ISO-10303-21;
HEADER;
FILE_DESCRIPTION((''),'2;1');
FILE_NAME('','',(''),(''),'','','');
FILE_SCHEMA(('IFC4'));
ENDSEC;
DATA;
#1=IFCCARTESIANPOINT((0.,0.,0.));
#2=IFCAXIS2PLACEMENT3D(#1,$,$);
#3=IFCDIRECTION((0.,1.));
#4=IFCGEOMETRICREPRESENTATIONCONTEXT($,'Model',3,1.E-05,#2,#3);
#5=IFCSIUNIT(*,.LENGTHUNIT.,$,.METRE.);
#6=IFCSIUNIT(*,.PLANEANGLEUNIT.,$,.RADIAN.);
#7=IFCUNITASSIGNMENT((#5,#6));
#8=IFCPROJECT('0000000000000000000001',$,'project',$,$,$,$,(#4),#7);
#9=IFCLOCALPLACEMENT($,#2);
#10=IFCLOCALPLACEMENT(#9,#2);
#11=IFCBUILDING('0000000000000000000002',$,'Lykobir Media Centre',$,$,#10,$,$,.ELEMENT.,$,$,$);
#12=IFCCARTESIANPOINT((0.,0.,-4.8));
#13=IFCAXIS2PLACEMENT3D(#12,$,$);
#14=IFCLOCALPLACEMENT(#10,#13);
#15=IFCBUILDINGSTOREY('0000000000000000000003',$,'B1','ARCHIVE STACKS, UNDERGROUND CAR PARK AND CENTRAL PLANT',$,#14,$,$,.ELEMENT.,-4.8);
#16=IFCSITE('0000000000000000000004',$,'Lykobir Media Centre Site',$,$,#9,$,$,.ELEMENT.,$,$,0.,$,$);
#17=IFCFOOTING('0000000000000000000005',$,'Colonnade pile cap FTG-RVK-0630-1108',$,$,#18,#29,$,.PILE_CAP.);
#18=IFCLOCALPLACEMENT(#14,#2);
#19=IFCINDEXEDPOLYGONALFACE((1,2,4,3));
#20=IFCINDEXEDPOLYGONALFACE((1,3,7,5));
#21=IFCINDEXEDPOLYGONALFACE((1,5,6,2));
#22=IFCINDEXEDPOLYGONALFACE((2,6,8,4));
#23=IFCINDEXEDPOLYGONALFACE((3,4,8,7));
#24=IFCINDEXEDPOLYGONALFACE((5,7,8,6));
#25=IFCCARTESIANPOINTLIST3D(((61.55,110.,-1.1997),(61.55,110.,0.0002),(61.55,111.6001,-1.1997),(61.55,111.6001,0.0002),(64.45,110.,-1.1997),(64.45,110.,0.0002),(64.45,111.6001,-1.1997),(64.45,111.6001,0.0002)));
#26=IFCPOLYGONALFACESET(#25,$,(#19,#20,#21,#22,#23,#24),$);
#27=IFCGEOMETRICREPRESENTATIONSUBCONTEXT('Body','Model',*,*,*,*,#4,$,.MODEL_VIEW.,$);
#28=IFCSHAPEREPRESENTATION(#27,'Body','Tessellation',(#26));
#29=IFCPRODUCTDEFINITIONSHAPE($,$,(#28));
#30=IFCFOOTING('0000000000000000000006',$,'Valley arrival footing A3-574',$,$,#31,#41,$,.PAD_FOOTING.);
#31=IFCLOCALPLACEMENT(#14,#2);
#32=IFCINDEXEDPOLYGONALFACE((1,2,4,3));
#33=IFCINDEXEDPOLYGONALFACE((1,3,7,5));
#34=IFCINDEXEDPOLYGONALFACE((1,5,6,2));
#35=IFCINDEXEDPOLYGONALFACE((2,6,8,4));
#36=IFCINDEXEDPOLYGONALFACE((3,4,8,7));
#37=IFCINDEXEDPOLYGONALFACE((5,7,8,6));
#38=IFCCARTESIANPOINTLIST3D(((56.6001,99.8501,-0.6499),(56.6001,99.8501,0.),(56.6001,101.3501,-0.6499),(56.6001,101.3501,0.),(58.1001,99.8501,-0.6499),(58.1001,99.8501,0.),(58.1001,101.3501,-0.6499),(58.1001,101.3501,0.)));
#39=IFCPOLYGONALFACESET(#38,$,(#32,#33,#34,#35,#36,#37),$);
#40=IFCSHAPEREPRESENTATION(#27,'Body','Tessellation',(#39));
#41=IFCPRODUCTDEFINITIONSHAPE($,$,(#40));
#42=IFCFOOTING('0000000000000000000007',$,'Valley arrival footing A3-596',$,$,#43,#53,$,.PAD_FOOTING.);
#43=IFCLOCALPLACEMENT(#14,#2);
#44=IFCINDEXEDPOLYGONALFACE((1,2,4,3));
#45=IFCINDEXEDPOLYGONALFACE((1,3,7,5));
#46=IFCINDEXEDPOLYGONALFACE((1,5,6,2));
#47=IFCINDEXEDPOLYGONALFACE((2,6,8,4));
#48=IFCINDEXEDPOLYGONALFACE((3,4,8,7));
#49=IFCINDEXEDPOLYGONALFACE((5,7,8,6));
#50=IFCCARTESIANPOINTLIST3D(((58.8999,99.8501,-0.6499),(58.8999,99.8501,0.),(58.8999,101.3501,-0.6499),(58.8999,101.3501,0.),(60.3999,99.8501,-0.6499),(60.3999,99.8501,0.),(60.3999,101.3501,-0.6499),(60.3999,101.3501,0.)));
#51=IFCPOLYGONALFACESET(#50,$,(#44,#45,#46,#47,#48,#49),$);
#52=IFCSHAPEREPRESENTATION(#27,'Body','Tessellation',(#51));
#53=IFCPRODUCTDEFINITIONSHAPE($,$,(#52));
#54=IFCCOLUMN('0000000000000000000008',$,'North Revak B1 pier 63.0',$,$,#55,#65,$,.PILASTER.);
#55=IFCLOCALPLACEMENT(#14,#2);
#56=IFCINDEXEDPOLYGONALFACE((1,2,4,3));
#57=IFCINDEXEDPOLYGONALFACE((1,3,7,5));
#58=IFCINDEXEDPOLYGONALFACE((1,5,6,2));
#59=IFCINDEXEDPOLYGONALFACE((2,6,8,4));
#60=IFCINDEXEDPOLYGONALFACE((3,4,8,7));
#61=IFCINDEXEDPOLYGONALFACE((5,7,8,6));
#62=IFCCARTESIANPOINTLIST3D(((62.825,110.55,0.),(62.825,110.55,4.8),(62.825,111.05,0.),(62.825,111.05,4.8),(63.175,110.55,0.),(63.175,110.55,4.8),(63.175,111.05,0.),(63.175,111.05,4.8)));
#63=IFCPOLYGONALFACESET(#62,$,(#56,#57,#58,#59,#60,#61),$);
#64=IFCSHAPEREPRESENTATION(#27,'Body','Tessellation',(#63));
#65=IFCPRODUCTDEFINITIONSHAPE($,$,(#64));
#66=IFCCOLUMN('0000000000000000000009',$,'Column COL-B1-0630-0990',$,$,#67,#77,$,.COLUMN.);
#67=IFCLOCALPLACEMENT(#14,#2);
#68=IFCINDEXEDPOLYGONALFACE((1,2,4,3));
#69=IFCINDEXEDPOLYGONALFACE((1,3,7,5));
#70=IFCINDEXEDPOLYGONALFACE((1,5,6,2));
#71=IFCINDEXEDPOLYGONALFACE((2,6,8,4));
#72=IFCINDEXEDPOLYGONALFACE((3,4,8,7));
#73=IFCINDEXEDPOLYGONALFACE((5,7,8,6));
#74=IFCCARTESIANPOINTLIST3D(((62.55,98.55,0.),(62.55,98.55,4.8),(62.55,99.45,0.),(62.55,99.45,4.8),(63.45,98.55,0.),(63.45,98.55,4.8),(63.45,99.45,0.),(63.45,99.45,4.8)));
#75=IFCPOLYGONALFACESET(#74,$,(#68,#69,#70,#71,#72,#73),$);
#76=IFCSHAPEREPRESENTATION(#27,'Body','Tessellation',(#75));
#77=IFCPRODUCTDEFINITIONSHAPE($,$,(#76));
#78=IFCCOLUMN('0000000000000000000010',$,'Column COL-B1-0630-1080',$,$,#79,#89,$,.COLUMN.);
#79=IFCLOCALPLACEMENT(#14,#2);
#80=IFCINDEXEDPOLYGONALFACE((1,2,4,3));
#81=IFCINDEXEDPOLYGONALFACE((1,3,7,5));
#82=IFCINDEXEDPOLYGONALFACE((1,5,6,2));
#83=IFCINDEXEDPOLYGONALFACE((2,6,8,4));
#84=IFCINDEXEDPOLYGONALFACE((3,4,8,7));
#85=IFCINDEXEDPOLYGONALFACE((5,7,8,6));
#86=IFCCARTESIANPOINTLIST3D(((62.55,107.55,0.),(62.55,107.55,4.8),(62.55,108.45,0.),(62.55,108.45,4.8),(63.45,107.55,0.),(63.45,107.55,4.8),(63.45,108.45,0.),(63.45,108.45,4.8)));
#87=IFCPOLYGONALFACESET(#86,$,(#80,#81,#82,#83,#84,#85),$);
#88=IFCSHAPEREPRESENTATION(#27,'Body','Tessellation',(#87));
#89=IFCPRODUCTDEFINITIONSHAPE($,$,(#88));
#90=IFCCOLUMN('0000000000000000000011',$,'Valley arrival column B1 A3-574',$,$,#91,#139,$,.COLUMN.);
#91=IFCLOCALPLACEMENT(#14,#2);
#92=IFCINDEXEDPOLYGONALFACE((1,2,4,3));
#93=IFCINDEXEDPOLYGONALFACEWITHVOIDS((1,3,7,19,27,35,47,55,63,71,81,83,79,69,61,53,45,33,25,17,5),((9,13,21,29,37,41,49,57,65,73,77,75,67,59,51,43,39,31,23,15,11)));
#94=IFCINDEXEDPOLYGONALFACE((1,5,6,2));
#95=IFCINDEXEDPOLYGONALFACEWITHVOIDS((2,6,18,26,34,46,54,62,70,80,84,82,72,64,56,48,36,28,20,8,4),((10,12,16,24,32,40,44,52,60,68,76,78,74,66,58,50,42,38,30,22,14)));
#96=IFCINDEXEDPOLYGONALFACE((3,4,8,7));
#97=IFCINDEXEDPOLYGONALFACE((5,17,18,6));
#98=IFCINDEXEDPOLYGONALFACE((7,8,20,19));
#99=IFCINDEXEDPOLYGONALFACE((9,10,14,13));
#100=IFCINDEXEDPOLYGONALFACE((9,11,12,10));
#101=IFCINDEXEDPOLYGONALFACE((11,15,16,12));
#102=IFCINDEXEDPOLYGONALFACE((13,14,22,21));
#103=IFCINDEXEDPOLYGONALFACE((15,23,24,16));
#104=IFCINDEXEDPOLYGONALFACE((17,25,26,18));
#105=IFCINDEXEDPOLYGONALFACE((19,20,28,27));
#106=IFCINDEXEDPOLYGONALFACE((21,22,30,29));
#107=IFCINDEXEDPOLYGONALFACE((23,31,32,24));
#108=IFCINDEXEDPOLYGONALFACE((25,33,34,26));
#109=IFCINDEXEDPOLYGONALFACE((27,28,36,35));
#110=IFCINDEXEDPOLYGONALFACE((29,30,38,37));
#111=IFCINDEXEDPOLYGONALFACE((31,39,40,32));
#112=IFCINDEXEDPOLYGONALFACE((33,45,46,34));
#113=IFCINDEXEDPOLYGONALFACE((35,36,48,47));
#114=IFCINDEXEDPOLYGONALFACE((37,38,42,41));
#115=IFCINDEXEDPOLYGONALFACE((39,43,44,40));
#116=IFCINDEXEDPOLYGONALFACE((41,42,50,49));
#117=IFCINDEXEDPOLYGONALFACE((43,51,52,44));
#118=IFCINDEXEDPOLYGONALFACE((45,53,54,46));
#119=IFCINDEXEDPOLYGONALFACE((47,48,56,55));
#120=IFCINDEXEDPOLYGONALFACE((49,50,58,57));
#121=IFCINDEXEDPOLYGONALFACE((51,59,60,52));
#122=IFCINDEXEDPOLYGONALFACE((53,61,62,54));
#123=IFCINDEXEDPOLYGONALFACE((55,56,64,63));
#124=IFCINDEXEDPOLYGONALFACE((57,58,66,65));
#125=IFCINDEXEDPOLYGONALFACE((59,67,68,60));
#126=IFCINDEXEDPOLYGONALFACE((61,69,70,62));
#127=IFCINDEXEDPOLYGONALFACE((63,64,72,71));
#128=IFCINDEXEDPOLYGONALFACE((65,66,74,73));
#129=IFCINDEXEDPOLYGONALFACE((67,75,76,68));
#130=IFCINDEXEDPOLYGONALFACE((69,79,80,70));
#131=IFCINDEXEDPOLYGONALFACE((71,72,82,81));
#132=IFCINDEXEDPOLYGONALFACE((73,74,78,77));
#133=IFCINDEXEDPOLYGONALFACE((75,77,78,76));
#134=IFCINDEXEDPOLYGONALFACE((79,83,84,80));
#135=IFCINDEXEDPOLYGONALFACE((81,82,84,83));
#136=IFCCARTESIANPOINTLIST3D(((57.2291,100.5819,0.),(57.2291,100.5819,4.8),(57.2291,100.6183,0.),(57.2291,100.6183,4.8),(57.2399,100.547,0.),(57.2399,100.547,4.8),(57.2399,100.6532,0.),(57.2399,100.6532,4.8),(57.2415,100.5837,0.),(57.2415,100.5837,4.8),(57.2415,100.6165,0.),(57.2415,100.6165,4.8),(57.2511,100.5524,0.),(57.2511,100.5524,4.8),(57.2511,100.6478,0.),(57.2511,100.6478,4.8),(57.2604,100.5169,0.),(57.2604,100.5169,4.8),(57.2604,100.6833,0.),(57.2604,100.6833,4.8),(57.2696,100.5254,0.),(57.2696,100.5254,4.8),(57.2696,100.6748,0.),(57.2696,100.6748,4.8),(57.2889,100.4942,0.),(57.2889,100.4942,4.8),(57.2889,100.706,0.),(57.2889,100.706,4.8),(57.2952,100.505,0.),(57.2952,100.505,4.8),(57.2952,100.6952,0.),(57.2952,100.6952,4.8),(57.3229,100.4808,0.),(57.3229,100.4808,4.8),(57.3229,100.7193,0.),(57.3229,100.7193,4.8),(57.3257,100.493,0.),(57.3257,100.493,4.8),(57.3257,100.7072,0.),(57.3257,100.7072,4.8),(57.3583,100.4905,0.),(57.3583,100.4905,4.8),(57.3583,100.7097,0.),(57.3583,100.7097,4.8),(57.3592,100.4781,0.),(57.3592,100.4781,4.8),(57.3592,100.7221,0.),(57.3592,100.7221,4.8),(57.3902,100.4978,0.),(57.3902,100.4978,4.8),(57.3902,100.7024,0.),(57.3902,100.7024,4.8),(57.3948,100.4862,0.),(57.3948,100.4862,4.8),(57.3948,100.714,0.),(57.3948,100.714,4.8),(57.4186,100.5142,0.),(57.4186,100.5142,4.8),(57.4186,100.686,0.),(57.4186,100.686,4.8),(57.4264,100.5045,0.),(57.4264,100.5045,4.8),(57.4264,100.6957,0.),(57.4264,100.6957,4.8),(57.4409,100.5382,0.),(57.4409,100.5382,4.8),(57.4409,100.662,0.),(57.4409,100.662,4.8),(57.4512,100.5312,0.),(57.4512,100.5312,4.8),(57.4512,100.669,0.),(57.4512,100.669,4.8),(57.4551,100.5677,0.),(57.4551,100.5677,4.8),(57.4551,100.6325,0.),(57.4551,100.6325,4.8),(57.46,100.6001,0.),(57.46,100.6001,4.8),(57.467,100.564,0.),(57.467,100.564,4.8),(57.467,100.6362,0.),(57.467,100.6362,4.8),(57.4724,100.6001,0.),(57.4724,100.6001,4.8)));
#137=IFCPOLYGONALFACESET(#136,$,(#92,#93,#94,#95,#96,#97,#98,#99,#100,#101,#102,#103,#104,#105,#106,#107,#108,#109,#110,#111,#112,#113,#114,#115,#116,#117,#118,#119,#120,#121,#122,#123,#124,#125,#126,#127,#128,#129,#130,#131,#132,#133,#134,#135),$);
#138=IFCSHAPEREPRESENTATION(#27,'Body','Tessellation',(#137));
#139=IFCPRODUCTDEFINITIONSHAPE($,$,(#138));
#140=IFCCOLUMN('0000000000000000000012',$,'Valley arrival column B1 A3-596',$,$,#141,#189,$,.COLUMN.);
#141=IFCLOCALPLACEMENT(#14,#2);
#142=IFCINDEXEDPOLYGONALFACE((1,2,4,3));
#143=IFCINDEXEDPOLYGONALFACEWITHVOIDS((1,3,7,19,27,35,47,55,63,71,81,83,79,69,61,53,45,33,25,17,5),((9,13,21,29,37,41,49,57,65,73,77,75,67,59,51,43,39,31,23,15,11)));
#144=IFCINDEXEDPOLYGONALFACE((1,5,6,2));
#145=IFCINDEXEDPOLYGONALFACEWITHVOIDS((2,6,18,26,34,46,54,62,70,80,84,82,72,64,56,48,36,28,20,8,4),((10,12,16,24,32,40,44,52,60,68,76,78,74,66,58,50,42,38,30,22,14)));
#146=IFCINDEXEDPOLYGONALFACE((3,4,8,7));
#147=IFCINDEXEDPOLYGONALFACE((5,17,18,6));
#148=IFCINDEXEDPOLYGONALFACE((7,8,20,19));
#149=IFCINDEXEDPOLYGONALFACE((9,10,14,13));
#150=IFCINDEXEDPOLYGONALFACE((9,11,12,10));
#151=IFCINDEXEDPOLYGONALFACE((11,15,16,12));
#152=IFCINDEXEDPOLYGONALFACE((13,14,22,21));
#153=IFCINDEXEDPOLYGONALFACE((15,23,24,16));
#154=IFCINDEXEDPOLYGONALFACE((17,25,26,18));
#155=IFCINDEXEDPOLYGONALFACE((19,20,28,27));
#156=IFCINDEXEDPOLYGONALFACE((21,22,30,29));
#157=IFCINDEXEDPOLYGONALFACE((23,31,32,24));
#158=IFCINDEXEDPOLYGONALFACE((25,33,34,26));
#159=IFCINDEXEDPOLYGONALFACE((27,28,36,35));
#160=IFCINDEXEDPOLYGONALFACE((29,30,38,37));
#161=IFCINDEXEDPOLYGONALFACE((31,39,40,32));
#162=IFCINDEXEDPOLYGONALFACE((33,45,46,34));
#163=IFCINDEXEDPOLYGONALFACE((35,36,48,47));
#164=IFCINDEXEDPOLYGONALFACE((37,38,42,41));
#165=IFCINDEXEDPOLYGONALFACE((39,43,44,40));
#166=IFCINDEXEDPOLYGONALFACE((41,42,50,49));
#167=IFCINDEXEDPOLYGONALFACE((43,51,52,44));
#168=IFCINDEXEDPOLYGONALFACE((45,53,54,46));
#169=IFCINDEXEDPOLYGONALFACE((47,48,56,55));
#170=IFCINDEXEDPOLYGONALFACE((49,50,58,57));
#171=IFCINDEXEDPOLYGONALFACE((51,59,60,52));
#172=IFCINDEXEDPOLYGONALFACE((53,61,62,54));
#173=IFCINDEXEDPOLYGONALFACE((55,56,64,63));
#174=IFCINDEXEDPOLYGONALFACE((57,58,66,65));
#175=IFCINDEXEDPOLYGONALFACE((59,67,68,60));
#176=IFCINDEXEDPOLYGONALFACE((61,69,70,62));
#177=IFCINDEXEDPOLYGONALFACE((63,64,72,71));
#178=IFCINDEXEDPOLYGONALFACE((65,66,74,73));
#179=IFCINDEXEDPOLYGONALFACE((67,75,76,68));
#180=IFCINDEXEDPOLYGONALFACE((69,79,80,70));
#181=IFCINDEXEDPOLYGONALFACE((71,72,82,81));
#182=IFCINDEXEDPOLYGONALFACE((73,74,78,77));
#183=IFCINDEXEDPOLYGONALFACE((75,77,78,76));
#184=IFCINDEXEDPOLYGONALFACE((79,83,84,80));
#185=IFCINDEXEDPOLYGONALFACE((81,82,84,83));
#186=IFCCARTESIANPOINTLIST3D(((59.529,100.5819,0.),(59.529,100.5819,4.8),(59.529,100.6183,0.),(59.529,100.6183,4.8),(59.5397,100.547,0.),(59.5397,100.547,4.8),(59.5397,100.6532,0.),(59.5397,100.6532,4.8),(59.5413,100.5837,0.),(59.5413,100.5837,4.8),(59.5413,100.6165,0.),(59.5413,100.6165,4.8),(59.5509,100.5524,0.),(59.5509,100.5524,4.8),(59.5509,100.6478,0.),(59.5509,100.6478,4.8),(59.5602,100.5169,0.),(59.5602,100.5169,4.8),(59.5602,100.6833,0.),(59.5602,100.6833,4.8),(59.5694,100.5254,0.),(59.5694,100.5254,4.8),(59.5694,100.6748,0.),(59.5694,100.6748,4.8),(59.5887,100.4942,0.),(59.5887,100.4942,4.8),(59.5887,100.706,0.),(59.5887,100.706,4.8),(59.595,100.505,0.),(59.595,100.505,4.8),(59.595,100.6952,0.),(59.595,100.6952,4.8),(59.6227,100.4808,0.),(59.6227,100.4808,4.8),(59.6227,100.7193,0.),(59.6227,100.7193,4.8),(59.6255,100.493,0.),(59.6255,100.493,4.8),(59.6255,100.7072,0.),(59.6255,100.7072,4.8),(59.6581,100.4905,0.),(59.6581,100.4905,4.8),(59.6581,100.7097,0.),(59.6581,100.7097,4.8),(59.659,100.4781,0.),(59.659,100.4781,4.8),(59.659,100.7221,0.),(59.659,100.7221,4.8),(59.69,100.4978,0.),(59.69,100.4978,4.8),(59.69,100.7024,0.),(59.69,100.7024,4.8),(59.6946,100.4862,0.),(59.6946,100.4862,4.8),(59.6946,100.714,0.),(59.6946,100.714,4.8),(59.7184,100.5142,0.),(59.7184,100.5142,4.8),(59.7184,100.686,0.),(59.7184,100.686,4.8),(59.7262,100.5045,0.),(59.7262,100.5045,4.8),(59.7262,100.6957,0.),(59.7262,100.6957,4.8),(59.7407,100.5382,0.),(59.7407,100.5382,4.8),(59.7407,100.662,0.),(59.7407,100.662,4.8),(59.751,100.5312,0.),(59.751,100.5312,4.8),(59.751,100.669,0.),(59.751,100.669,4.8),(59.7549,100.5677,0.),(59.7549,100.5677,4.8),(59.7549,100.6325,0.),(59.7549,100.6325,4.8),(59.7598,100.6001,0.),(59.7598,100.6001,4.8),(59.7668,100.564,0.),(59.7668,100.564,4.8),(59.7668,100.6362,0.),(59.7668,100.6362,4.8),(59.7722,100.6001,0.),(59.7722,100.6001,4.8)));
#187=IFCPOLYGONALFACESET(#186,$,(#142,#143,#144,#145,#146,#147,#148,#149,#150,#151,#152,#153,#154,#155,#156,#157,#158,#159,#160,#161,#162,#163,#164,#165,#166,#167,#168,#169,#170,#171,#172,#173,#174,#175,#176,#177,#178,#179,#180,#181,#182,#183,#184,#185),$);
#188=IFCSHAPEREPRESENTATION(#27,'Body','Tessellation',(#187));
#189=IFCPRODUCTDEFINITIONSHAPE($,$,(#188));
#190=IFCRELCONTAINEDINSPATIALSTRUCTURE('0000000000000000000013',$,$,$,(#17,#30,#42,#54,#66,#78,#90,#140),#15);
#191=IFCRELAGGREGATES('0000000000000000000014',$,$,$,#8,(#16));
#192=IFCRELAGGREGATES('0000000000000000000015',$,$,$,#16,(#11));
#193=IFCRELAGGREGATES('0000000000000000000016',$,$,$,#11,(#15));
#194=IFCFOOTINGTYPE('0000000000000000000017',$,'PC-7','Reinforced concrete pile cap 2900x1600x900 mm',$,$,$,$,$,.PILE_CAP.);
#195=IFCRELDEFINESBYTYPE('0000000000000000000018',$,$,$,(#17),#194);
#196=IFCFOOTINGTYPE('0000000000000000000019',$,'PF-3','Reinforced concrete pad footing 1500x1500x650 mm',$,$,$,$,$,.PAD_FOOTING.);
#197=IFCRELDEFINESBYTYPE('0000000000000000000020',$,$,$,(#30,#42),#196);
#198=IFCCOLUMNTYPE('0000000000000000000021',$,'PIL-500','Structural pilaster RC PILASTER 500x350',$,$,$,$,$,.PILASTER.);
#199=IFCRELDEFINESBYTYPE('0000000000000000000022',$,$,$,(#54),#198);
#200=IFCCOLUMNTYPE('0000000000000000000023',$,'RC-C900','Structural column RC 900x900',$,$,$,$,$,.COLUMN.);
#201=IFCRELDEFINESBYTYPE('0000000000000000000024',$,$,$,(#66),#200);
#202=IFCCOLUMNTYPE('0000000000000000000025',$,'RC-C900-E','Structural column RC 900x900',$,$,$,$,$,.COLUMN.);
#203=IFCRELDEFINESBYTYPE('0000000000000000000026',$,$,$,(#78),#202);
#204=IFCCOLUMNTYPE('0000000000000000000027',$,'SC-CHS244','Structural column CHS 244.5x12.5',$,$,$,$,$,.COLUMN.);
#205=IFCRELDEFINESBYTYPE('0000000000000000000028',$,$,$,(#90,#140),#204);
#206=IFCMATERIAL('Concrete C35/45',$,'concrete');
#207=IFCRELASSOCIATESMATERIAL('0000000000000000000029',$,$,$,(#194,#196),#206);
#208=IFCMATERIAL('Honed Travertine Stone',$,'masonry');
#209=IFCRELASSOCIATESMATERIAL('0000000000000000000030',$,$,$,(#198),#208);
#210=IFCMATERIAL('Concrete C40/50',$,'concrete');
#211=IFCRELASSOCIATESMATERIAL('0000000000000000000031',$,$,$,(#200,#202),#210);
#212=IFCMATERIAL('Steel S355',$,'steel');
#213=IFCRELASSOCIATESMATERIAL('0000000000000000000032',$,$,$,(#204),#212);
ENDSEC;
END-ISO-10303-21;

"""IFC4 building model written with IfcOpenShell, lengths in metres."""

from ifc_helpers import new_model, si_unit, direction, frame, origin, origin_2d, place, context, subcontext, project, spatial, rectangle, hollow_circle, extrude, material, material_profile, profile_set, type_object, element, save


model = new_model("IFC4")

# Units and contexts
model_context = context("Model", 3, precision=1e-05, world=origin(), true_north=direction((0.0, 1.0)))
body_context = subcontext(model_context, "Body", "Model", "MODEL_VIEW")
ifc_project = project(units=[si_unit("LENGTHUNIT", "METRE"), si_unit("PLANEANGLEUNIT", "RADIAN")], contexts=[model_context])

# Site, building, storey
site_placement = place(None, origin())
site = spatial("IfcSite", under=ifc_project, at=site_placement, Name="Lykobir Media Centre Site", CompositionType="ELEMENT", RefElevation=0.0)
building_placement = place(site_placement, origin())
building = spatial("IfcBuilding", under=site, at=building_placement, Name="Lykobir Media Centre", CompositionType="ELEMENT")
storey_placement = place(building_placement, frame((0.0, 0.0, -4.8)))
storey = spatial("IfcBuildingStorey", under=building, at=storey_placement, Name="B1", Description="ARCHIVE STACKS, UNDERGROUND CAR PARK AND CENTRAL PLANT", CompositionType="ELEMENT", Elevation=-4.8)

# Footings
ifc_material_1 = material(Name="Concrete C35/45", Category="concrete")
footing_type_1 = type_object("IfcFootingType", Name="PC-7", Description="Reinforced concrete pile cap 2900x1600x900 mm", PredefinedType="PILE_CAP", material=ifc_material_1)
for number, where, z_axis, x_axis, name in (
    (1, (63.0, 110.8, -1.1997), (0.0, 0.0, 1.0), (1.0, 0.0, 0.0), "Colonnade pile cap FTG-RVK-0630-1108"),
):
    element("IfcFooting", number, at=place(storey_placement, frame(where, z_axis=z_axis, x_axis=x_axis)), inside=storey, type_object=footing_type_1, Name=name, PredefinedType="PILE_CAP", context=body_context, shape_type="SweptSolid", body=[
        extrude(rectangle(XDim=2.8999, YDim=1.6001, at=origin_2d()), origin(), (0.0, 0.0, 1.0), 1.2),
    ])
footing_type_2 = type_object("IfcFootingType", Name="PF-3", Description="Reinforced concrete pad footing 1500x1500x650 mm", PredefinedType="PAD_FOOTING", material=ifc_material_1)
for number, where, z_axis, x_axis, name in (
    (2, (57.3501, 100.6001, -0.6499), (0.0, 0.0, 1.0), (1.0, 0.0, 0.0), "Valley arrival footing A3-574"),
    (3, (59.6499, 100.6001, -0.6499), (0.0, 0.0, 1.0), (1.0, 0.0, 0.0), "Valley arrival footing A3-596"),
):
    element("IfcFooting", number, at=place(storey_placement, frame(where, z_axis=z_axis, x_axis=x_axis)), inside=storey, type_object=footing_type_2, Name=name, PredefinedType="PAD_FOOTING", context=body_context, shape_type="SweptSolid", body=[
        extrude(rectangle(XDim=1.5, YDim=1.5, at=origin_2d()), origin(), (0.0, 0.0, 1.0), 0.6499),
    ])

# Columns
ifc_material_2 = material(Name="Honed Travertine Stone", Category="masonry")
ifc_material_profile_1 = material_profile(ifc_material_2, rectangle(XDim=0.3501, YDim=0.5, at=origin_2d()), Name="RC PILASTER 500x350")
ifc_profile_set_1 = profile_set([ifc_material_profile_1], Name="Honed Travertine Stone")
column_type_1 = type_object("IfcColumnType", Name="PIL-500", Description="Structural pilaster RC PILASTER 500x350", PredefinedType="PILASTER", material=ifc_profile_set_1)
column_1_placement = place(storey_placement, frame((63.0, 110.8, 0.0), z_axis=(0.0, 0.0, 1.0), x_axis=(1.0, 0.0, 0.0)))
element("IfcColumn", 4, at=column_1_placement, inside=storey, type_object=column_type_1, Name="North Revak B1 pier 63.0", PredefinedType="PILASTER", context=body_context, shape_type="SweptSolid", body=[
    extrude(rectangle(XDim=0.3501, YDim=0.5, at=origin_2d()), origin(), (0.0, 0.0, 1.0), 4.8),
])
ifc_material_3 = material(Name="Concrete C40/50", Category="concrete")
ifc_material_profile_2 = material_profile(ifc_material_3, rectangle(XDim=0.8999, YDim=0.8999, at=origin_2d()), Name="RC 900x900")
ifc_profile_set_2 = profile_set([ifc_material_profile_2], Name="Concrete C40/50")
column_type_2 = type_object("IfcColumnType", Name="RC-C900", Description="Structural column RC 900x900", PredefinedType="COLUMN", material=ifc_profile_set_2)
column_2_placement = place(storey_placement, frame((63.0, 99.0, 0.0), z_axis=(0.0, 0.0, 1.0), x_axis=(1.0, 0.0, 0.0)))
element("IfcColumn", 5, at=column_2_placement, inside=storey, type_object=column_type_2, Name="Column COL-B1-0630-0990", PredefinedType="COLUMN", context=body_context, shape_type="SweptSolid", body=[
    extrude(rectangle(XDim=0.8999, YDim=0.8999, at=origin_2d()), origin(), (0.0, 0.0, 1.0), 4.8),
])
ifc_material_profile_3 = material_profile(ifc_material_3, rectangle(XDim=0.8999, YDim=0.8999, at=origin_2d()), Name="RC 900x900")
ifc_profile_set_3 = profile_set([ifc_material_profile_3], Name="Concrete C40/50")
column_type_3 = type_object("IfcColumnType", Name="RC-C900-E", Description="Structural column RC 900x900", PredefinedType="COLUMN", material=ifc_profile_set_3)
column_3_placement = place(storey_placement, frame((63.0, 108.0, 0.0), z_axis=(0.0, 0.0, 1.0), x_axis=(1.0, 0.0, 0.0)))
element("IfcColumn", 6, at=column_3_placement, inside=storey, type_object=column_type_3, Name="Column COL-B1-0630-1080", PredefinedType="COLUMN", context=body_context, shape_type="SweptSolid", body=[
    extrude(rectangle(XDim=0.8999, YDim=0.8999, at=origin_2d()), origin(), (0.0, 0.0, 1.0), 4.8),
])
ifc_material_4 = material(Name="Steel S355", Category="steel")
ifc_material_profile_4 = material_profile(ifc_material_4, hollow_circle(Radius=0.1223, WallThickness=0.0125, at=origin_2d()), Name="CHS 244.5x12.5")
ifc_profile_set_4 = profile_set([ifc_material_profile_4], Name="Steel S355")
column_type_4 = type_object("IfcColumnType", Name="SC-CHS244", Description="Structural column CHS 244.5x12.5", PredefinedType="COLUMN", material=ifc_profile_set_4)
for number, where, z_axis, x_axis, name in (
    (7, (57.3501, 100.6001, 0.0), (0.0, 0.0, 1.0), (1.0, 0.0, 0.0), "Valley arrival column B1 A3-574"),
    (8, (59.6499, 100.6001, 0.0), (0.0, 0.0, 1.0), (1.0, 0.0, 0.0), "Valley arrival column B1 A3-596"),
):
    element("IfcColumn", number, at=place(storey_placement, frame(where, z_axis=z_axis, x_axis=x_axis)), inside=storey, type_object=column_type_4, Name=name, PredefinedType="COLUMN", context=body_context, shape_type="SweptSolid", body=[
        extrude(hollow_circle(Radius=0.1223, WallThickness=0.0125, at=origin_2d()), origin(), (0.0, 0.0, 1.0), 4.8),
    ])

save(model, "model.ifc")
